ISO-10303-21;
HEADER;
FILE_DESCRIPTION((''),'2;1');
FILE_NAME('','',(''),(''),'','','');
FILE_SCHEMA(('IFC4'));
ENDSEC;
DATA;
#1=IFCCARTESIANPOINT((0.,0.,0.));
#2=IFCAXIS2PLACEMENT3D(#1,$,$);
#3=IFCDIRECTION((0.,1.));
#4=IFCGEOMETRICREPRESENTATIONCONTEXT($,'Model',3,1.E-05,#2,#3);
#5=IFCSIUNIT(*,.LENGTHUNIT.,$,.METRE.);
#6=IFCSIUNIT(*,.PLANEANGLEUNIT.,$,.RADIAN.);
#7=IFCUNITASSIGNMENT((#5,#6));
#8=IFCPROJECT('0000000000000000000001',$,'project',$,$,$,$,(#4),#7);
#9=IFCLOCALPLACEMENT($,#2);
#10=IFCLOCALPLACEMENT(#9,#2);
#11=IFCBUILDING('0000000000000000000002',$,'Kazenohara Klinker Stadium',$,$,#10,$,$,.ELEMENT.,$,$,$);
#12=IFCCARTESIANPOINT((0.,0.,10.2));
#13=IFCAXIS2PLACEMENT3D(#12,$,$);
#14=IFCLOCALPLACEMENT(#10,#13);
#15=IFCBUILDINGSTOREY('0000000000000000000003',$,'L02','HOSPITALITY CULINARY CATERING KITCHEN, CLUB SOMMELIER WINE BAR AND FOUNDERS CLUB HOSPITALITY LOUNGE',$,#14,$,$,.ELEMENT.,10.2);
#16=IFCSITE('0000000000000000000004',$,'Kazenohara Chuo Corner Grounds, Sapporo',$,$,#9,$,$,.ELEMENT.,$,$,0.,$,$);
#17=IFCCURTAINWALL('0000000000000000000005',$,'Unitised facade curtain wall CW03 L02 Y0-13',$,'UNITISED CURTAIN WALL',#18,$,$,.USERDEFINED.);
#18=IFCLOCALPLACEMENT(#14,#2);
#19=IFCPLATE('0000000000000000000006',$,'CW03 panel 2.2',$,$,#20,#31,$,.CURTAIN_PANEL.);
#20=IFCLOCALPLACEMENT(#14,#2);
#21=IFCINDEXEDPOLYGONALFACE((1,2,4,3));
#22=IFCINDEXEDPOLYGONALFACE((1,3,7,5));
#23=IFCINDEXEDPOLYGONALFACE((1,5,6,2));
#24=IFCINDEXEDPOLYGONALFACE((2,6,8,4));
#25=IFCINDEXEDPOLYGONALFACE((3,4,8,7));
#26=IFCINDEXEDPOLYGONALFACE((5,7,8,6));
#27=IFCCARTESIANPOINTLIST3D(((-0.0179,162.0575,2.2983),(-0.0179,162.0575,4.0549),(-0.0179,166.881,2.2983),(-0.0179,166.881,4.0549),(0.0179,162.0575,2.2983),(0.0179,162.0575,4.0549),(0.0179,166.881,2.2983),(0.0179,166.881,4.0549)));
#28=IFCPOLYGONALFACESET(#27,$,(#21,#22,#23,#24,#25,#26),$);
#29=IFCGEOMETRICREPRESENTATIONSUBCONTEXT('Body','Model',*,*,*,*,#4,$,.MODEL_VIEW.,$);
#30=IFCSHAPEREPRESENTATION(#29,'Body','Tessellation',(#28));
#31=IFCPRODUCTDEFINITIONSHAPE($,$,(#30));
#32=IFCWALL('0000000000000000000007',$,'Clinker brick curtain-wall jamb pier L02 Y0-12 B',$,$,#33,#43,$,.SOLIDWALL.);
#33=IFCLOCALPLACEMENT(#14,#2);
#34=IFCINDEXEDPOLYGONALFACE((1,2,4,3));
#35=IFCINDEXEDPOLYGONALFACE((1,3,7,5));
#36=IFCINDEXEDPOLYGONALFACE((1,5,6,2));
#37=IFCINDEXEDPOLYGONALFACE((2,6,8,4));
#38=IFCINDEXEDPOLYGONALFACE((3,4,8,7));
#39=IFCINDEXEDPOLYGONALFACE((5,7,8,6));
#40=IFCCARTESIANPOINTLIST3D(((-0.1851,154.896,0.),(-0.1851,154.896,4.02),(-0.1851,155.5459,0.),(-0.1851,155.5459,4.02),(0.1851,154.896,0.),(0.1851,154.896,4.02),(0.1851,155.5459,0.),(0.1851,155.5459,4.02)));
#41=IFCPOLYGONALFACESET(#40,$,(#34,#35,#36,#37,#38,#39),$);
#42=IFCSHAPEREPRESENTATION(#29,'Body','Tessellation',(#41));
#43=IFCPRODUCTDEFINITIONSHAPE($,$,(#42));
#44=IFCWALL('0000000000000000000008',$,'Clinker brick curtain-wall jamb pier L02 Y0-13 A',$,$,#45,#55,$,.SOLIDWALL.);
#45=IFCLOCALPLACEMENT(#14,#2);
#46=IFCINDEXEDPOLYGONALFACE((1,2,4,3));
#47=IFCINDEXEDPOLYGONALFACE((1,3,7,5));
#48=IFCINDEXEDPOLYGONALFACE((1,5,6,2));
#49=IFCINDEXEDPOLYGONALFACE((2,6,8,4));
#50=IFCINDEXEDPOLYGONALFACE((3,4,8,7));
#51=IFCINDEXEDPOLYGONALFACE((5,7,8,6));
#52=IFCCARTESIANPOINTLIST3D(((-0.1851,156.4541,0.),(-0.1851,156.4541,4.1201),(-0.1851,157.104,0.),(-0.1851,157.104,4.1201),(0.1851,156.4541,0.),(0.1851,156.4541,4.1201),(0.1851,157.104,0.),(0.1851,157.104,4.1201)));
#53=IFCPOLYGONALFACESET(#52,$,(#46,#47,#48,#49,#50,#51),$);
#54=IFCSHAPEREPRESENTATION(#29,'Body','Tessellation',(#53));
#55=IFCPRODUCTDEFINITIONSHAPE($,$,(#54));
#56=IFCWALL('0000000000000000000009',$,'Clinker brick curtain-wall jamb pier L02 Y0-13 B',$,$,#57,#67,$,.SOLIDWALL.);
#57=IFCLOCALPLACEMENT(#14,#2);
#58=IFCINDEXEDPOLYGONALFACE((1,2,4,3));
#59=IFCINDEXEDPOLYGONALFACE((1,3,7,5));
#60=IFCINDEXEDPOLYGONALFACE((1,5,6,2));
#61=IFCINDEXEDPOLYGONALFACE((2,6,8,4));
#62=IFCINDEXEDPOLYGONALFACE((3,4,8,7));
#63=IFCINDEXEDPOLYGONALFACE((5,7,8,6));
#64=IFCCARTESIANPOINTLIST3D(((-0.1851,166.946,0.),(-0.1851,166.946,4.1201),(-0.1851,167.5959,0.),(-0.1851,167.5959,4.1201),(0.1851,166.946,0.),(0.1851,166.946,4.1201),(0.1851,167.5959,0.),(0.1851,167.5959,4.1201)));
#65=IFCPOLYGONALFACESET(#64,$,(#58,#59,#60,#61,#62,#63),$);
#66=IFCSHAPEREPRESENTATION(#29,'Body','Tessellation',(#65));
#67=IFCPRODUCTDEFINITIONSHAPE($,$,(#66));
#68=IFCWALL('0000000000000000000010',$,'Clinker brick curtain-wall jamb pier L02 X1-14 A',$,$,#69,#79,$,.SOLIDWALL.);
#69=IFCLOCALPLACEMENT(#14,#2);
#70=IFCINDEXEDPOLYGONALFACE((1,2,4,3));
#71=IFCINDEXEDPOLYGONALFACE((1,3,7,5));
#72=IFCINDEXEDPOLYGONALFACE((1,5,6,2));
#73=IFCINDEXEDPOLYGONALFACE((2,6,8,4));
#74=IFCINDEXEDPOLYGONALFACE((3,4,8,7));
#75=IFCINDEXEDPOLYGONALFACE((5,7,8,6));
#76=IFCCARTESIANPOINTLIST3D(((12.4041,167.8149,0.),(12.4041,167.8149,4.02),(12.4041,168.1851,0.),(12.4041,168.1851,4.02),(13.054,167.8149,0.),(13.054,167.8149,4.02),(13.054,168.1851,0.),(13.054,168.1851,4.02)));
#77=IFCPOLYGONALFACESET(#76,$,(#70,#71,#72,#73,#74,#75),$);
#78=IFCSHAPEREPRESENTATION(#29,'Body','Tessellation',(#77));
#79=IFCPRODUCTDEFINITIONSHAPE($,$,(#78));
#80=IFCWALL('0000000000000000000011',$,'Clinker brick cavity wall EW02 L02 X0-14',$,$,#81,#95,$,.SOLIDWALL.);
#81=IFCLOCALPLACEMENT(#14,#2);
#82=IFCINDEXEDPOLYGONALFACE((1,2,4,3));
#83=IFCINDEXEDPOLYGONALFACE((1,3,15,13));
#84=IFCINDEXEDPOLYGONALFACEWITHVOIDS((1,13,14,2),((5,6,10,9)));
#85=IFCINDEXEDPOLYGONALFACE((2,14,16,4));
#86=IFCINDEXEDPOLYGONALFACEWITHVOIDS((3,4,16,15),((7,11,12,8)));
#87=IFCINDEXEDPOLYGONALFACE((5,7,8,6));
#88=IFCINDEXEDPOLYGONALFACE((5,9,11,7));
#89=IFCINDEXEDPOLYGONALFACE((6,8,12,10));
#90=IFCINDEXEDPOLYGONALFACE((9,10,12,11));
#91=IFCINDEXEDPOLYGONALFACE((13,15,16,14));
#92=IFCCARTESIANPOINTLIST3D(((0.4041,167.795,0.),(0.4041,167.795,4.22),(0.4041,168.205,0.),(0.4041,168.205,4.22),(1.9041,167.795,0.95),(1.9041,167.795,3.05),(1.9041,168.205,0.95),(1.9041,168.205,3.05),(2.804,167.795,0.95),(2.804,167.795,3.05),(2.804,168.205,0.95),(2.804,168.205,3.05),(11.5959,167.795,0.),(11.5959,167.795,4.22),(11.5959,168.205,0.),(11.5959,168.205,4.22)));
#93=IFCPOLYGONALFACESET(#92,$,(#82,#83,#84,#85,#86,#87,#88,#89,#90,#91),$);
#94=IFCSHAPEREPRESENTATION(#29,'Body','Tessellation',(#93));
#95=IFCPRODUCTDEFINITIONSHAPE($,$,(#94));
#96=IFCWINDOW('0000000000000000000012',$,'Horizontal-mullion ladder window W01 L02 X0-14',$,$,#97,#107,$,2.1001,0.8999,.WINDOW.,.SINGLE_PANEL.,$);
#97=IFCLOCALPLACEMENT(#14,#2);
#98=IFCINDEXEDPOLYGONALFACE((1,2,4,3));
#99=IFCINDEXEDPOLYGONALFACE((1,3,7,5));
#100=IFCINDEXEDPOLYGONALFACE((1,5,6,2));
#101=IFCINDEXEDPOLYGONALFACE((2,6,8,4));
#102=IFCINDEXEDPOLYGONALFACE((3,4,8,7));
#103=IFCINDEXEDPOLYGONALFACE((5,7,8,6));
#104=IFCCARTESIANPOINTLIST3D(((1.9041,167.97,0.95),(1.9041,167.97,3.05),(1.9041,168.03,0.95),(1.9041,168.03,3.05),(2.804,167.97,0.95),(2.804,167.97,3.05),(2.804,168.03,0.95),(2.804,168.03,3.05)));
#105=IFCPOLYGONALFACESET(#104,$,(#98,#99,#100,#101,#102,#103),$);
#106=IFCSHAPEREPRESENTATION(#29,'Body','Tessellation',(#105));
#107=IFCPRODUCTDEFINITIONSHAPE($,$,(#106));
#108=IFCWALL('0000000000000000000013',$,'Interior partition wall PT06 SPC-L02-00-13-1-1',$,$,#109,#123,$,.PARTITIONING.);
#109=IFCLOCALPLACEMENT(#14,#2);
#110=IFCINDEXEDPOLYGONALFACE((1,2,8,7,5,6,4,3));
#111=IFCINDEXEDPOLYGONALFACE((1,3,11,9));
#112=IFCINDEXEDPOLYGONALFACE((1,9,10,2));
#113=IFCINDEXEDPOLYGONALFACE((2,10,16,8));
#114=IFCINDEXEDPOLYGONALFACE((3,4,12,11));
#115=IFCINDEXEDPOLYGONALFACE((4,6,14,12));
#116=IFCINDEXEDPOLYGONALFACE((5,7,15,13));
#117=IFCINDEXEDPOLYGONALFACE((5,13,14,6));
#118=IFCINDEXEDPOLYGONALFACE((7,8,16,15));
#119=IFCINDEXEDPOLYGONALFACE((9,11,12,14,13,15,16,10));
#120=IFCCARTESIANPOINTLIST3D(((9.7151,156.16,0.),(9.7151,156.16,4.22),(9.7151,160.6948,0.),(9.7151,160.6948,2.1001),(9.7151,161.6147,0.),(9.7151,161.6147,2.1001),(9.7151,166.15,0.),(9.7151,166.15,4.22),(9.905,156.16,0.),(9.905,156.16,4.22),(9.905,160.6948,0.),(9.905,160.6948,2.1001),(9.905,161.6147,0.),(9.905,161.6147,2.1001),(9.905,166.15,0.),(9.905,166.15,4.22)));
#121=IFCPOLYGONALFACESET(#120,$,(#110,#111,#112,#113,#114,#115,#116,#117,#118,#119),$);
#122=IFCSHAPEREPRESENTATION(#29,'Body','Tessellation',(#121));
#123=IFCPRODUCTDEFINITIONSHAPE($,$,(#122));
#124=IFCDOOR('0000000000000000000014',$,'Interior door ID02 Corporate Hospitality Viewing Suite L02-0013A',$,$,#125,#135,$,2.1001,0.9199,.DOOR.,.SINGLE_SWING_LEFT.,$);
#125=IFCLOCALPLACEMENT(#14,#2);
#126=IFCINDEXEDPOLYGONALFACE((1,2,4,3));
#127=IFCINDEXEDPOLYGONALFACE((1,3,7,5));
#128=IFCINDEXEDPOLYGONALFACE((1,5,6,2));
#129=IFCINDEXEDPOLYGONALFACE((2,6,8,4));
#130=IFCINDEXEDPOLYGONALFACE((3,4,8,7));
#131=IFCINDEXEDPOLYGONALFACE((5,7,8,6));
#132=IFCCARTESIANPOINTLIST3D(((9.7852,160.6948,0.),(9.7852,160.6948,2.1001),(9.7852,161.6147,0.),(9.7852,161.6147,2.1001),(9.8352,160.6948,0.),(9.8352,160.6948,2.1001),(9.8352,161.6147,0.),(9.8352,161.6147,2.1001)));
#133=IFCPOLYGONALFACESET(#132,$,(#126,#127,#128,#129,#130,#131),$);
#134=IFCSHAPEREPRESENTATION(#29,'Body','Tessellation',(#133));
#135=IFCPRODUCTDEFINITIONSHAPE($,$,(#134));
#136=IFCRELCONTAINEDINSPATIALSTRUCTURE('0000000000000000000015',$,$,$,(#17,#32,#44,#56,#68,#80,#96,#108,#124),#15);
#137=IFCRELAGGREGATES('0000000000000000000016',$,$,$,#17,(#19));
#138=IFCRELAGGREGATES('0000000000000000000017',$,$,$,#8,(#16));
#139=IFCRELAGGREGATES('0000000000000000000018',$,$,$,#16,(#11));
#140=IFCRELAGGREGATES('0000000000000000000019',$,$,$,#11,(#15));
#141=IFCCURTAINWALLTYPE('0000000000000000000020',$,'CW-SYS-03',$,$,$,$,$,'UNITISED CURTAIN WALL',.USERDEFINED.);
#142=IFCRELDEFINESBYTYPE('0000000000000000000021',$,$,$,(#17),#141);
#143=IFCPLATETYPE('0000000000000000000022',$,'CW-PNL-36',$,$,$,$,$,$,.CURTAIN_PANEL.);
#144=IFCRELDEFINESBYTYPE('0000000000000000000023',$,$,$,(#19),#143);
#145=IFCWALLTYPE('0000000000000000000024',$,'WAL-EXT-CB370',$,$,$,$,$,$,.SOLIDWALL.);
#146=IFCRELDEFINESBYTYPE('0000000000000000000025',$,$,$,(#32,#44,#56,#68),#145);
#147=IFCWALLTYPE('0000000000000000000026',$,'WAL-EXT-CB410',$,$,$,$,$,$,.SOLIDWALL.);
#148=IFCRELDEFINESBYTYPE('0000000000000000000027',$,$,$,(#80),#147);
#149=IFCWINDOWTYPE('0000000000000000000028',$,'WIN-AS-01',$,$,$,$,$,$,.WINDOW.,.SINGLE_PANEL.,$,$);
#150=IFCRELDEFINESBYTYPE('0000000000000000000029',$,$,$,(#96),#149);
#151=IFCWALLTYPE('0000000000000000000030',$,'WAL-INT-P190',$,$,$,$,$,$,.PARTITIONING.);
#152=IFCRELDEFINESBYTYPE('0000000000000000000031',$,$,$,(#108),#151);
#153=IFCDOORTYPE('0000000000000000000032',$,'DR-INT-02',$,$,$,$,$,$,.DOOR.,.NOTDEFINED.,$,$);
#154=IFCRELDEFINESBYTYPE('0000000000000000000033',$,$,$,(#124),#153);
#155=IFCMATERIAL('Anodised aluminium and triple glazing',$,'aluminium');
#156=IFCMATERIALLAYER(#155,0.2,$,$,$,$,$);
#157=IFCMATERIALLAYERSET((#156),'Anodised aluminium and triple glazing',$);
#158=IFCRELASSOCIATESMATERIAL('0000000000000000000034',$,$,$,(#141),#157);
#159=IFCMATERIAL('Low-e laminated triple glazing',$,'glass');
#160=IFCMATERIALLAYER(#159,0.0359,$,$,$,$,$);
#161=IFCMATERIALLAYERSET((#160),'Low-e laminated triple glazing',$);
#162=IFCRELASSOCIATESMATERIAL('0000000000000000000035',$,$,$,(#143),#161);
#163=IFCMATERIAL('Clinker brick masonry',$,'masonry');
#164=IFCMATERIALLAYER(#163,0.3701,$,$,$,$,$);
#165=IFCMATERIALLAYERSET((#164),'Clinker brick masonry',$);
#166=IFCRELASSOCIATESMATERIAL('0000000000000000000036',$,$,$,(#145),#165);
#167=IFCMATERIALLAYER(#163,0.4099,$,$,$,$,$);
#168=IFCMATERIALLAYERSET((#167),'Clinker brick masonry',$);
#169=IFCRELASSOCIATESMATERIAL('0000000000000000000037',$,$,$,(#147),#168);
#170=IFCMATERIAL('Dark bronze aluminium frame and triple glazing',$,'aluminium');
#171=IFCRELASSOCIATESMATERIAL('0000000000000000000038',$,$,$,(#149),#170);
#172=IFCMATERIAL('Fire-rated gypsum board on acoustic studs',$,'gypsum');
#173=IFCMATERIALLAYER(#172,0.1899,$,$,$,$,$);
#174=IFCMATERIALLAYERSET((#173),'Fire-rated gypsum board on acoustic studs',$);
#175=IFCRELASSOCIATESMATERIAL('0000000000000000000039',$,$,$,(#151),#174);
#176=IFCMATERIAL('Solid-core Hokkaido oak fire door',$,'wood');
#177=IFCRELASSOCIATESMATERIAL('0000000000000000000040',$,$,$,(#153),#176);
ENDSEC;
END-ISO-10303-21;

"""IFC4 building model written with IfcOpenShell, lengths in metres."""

from ifc_helpers import new_model, si_unit, direction, frame, frame_2d, origin, origin_2d, place, context, subcontext, project, spatial, rectangle, extrude, material, layer, layer_set, type_object, element, fill, aggregate, save


model = new_model("IFC4")

# Units and contexts
model_context = context("Model", 3, precision=1e-05, world=origin(), true_north=direction((0.0, 1.0)))
body_context = subcontext(model_context, "Body", "Model", "MODEL_VIEW")
ifc_project = project(units=[si_unit("LENGTHUNIT", "METRE"), si_unit("PLANEANGLEUNIT", "RADIAN")], contexts=[model_context])

# Site, building, storey
site_placement = place(None, origin())
site = spatial("IfcSite", under=ifc_project, at=site_placement, Name="Kazenohara Chuo Corner Grounds, Sapporo", CompositionType="ELEMENT", RefElevation=0.0)
building_placement = place(site_placement, origin())
building = spatial("IfcBuilding", under=site, at=building_placement, Name="Kazenohara Klinker Stadium", CompositionType="ELEMENT")
storey_placement = place(building_placement, frame((0.0, 0.0, 10.2)))
storey = spatial("IfcBuildingStorey", under=building, at=storey_placement, Name="L02", Description="HOSPITALITY CULINARY CATERING KITCHEN, CLUB SOMMELIER WINE BAR AND FOUNDERS CLUB HOSPITALITY LOUNGE", CompositionType="ELEMENT", Elevation=10.2)

# Curtain wall
ifc_material_1 = material(Name="Anodised aluminium and triple glazing", Category="aluminium")
ifc_layer_1 = layer(ifc_material_1, 0.2)
ifc_layer_set_1 = layer_set([ifc_layer_1], Name="Anodised aluminium and triple glazing")
curtain_wall_type_1 = type_object("IfcCurtainWallType", Name="CW-SYS-03", ElementType="UNITISED CURTAIN WALL", PredefinedType="USERDEFINED", material=ifc_layer_set_1)
curtain_wall_1_placement = place(storey_placement, origin())
curtain_wall_1 = element("IfcCurtainWall", 1, at=curtain_wall_1_placement, inside=storey, type_object=curtain_wall_type_1, Name="Unitised facade curtain wall CW03 L02 Y0-13", ObjectType="UNITISED CURTAIN WALL", PredefinedType="USERDEFINED")

# Plate
ifc_material_2 = material(Name="Low-e laminated triple glazing", Category="glass")
ifc_layer_2 = layer(ifc_material_2, 0.0359)
ifc_layer_set_2 = layer_set([ifc_layer_2], Name="Low-e laminated triple glazing")
plate_type = type_object("IfcPlateType", Name="CW-PNL-36", PredefinedType="CURTAIN_PANEL", material=ifc_layer_set_2)
plate_1_placement = place(storey_placement, frame((0.0, 164.4692, 2.2983), z_axis=(0.0, 0.0, 1.0), x_axis=(0.0, 1.0, 0.0)))
plate_1 = element("IfcPlate", 2, at=plate_1_placement, type_object=plate_type, Name="CW03 panel 2.2", PredefinedType="CURTAIN_PANEL", context=body_context, shape_type="SweptSolid", body=[
    extrude(rectangle(XDim=4.8235, YDim=0.0359, at=origin_2d()), origin(), (0.0, 0.0, 1.0), 1.7566),
])
aggregate(curtain_wall_1, [plate_1])

# Walls
ifc_material_3 = material(Name="Clinker brick masonry", Category="masonry")
ifc_layer_3 = layer(ifc_material_3, 0.3701)
ifc_layer_set_3 = layer_set([ifc_layer_3], Name="Clinker brick masonry")
wall_type_1 = type_object("IfcWallType", Name="WAL-EXT-CB370", PredefinedType="SOLIDWALL", material=ifc_layer_set_3)
wall_1_placement = place(storey_placement, frame((0.0, 154.896, 0.0), z_axis=(0.0, 0.0, 1.0), x_axis=(0.0, 1.0, 0.0)))
element("IfcWall", 3, at=wall_1_placement, inside=storey, type_object=wall_type_1, Name="Clinker brick curtain-wall jamb pier L02 Y0-12 B", PredefinedType="SOLIDWALL", context=body_context, shape_type="SweptSolid", body=[
    extrude(rectangle(XDim=0.6499, YDim=0.3701, at=frame_2d((0.325, 0.0))), origin(), (0.0, 0.0, 1.0), 4.02),
])
for number, where, z_axis, x_axis, name in (
    (4, (0.0, 156.4541, 0.0), (0.0, 0.0, 1.0), (0.0, 1.0, 0.0), "Clinker brick curtain-wall jamb pier L02 Y0-13 A"),
    (5, (0.0, 166.946, 0.0), (0.0, 0.0, 1.0), (0.0, 1.0, 0.0), "Clinker brick curtain-wall jamb pier L02 Y0-13 B"),
):
    element("IfcWall", number, at=place(storey_placement, frame(where, z_axis=z_axis, x_axis=x_axis)), inside=storey, type_object=wall_type_1, Name=name, PredefinedType="SOLIDWALL", context=body_context, shape_type="SweptSolid", body=[
        extrude(rectangle(XDim=0.6499, YDim=0.3701, at=frame_2d((0.325, 0.0))), origin(), (0.0, 0.0, 1.0), 4.1201),
    ])
wall_2_placement = place(storey_placement, frame((12.4041, 168.0, 0.0), z_axis=(0.0, 0.0, 1.0), x_axis=(1.0, 0.0, 0.0)))
element("IfcWall", 6, at=wall_2_placement, inside=storey, type_object=wall_type_1, Name="Clinker brick curtain-wall jamb pier L02 X1-14 A", PredefinedType="SOLIDWALL", context=body_context, shape_type="SweptSolid", body=[
    extrude(rectangle(XDim=0.6499, YDim=0.3701, at=frame_2d((0.325, 0.0))), origin(), (0.0, 0.0, 1.0), 4.02),
])

# Wall, opening, window
ifc_layer_4 = layer(ifc_material_3, 0.4099)
ifc_layer_set_4 = layer_set([ifc_layer_4], Name="Clinker brick masonry")
wall_type_2 = type_object("IfcWallType", Name="WAL-EXT-CB410", PredefinedType="SOLIDWALL", material=ifc_layer_set_4)
wall_3_placement = place(storey_placement, frame((0.4041, 168.0, 0.0), z_axis=(0.0, 0.0, 1.0), x_axis=(1.0, 0.0, 0.0)))
wall_3 = element("IfcWall", 7, at=wall_3_placement, inside=storey, type_object=wall_type_2, Name="Clinker brick cavity wall EW02 L02 X0-14", PredefinedType="SOLIDWALL", context=body_context, shape_type="SweptSolid", body=[
    extrude(rectangle(XDim=11.1919, YDim=0.4099, at=frame_2d((5.5959, 0.0))), origin(), (0.0, 0.0, 1.0), 4.22),
])
opening_1_placement = place(wall_3_placement, frame((1.5, 0.0, 0.95)))
opening_1 = element("IfcOpeningElement", 8, at=opening_1_placement, cuts=wall_3, PredefinedType="OPENING", context=body_context, shape_type="SweptSolid", body=[
    extrude(rectangle(XDim=0.8999, YDim=2.1001, at=frame_2d((0.45, 1.05))), frame((0.0, 0.2148, 0.0), z_axis=(0.0, -1.0, 0.0), x_axis=(1.0, 0.0, 0.0)), (0.0, 0.0, 1.0), 0.4299),
])
ifc_material_4 = material(Name="Dark bronze aluminium frame and triple glazing", Category="aluminium")
window_type = type_object("IfcWindowType", Name="WIN-AS-01", PartitioningType="SINGLE_PANEL", PredefinedType="WINDOW", material=ifc_material_4)
window_placement = place(opening_1_placement, origin())
window = element("IfcWindow", 9, at=window_placement, inside=storey, type_object=window_type, Name="Horizontal-mullion ladder window W01 L02 X0-14", OverallHeight=2.1001, OverallWidth=0.8999, PartitioningType="SINGLE_PANEL", PredefinedType="WINDOW", context=body_context, shape_type="SweptSolid", body=[
    extrude(rectangle(XDim=0.8999, YDim=2.1001, at=frame_2d((0.45, 1.05))), frame((0.0, 0.03, 0.0), z_axis=(0.0, -1.0, 0.0), x_axis=(1.0, 0.0, 0.0)), (0.0, 0.0, 1.0), 0.0601),
])
fill(opening_1, window)

# Wall, opening, door
ifc_material_5 = material(Name="Fire-rated gypsum board on acoustic studs", Category="gypsum")
ifc_layer_5 = layer(ifc_material_5, 0.1899)
ifc_layer_set_5 = layer_set([ifc_layer_5], Name="Fire-rated gypsum board on acoustic studs")
wall_type_3 = type_object("IfcWallType", Name="WAL-INT-P190", PredefinedType="PARTITIONING", material=ifc_layer_set_5)
wall_4_placement = place(storey_placement, frame((9.8101, 156.1599, 0.0), z_axis=(0.0, 0.0, 1.0), x_axis=(0.0, 1.0, 0.0)))
wall_4 = element("IfcWall", 10, at=wall_4_placement, inside=storey, type_object=wall_type_3, Name="Interior partition wall PT06 SPC-L02-00-13-1-1", PredefinedType="PARTITIONING", context=body_context, shape_type="SweptSolid", body=[
    extrude(rectangle(XDim=9.99, YDim=0.1899, at=frame_2d((4.9951, 0.0))), origin(), (0.0, 0.0, 1.0), 4.22),
])
opening_2_placement = place(wall_4_placement, frame((4.5349, 0.0, 0.0)))
opening_2 = element("IfcOpeningElement", 11, at=opening_2_placement, cuts=wall_4, PredefinedType="OPENING", context=body_context, shape_type="SweptSolid", body=[
    extrude(rectangle(XDim=0.9199, YDim=2.1001, at=frame_2d((0.46, 1.05))), frame((0.0, 0.105, 0.0), z_axis=(0.0, -1.0, 0.0), x_axis=(1.0, 0.0, 0.0)), (0.0, 0.0, 1.0), 0.21),
])
ifc_material_6 = material(Name="Solid-core Hokkaido oak fire door", Category="wood")
door_type = type_object("IfcDoorType", Name="DR-INT-02", OperationType="NOTDEFINED", PredefinedType="DOOR", material=ifc_material_6)
door_placement = place(opening_2_placement, origin())
door = element("IfcDoor", 12, at=door_placement, inside=storey, type_object=door_type, Name="Interior door ID02 Corporate Hospitality Viewing Suite L02-0013A", OperationType="SINGLE_SWING_LEFT", OverallHeight=2.1001, OverallWidth=0.9199, PredefinedType="DOOR", context=body_context, shape_type="SweptSolid", body=[
    extrude(rectangle(XDim=0.9199, YDim=2.1001, at=frame_2d((0.46, 1.05))), frame((0.0, 0.0249, 0.0), z_axis=(0.0, -1.0, 0.0), x_axis=(1.0, 0.0, 0.0)), (0.0, 0.0, 1.0), 0.05),
])
fill(opening_2, door)

save(model, "model.ifc")
